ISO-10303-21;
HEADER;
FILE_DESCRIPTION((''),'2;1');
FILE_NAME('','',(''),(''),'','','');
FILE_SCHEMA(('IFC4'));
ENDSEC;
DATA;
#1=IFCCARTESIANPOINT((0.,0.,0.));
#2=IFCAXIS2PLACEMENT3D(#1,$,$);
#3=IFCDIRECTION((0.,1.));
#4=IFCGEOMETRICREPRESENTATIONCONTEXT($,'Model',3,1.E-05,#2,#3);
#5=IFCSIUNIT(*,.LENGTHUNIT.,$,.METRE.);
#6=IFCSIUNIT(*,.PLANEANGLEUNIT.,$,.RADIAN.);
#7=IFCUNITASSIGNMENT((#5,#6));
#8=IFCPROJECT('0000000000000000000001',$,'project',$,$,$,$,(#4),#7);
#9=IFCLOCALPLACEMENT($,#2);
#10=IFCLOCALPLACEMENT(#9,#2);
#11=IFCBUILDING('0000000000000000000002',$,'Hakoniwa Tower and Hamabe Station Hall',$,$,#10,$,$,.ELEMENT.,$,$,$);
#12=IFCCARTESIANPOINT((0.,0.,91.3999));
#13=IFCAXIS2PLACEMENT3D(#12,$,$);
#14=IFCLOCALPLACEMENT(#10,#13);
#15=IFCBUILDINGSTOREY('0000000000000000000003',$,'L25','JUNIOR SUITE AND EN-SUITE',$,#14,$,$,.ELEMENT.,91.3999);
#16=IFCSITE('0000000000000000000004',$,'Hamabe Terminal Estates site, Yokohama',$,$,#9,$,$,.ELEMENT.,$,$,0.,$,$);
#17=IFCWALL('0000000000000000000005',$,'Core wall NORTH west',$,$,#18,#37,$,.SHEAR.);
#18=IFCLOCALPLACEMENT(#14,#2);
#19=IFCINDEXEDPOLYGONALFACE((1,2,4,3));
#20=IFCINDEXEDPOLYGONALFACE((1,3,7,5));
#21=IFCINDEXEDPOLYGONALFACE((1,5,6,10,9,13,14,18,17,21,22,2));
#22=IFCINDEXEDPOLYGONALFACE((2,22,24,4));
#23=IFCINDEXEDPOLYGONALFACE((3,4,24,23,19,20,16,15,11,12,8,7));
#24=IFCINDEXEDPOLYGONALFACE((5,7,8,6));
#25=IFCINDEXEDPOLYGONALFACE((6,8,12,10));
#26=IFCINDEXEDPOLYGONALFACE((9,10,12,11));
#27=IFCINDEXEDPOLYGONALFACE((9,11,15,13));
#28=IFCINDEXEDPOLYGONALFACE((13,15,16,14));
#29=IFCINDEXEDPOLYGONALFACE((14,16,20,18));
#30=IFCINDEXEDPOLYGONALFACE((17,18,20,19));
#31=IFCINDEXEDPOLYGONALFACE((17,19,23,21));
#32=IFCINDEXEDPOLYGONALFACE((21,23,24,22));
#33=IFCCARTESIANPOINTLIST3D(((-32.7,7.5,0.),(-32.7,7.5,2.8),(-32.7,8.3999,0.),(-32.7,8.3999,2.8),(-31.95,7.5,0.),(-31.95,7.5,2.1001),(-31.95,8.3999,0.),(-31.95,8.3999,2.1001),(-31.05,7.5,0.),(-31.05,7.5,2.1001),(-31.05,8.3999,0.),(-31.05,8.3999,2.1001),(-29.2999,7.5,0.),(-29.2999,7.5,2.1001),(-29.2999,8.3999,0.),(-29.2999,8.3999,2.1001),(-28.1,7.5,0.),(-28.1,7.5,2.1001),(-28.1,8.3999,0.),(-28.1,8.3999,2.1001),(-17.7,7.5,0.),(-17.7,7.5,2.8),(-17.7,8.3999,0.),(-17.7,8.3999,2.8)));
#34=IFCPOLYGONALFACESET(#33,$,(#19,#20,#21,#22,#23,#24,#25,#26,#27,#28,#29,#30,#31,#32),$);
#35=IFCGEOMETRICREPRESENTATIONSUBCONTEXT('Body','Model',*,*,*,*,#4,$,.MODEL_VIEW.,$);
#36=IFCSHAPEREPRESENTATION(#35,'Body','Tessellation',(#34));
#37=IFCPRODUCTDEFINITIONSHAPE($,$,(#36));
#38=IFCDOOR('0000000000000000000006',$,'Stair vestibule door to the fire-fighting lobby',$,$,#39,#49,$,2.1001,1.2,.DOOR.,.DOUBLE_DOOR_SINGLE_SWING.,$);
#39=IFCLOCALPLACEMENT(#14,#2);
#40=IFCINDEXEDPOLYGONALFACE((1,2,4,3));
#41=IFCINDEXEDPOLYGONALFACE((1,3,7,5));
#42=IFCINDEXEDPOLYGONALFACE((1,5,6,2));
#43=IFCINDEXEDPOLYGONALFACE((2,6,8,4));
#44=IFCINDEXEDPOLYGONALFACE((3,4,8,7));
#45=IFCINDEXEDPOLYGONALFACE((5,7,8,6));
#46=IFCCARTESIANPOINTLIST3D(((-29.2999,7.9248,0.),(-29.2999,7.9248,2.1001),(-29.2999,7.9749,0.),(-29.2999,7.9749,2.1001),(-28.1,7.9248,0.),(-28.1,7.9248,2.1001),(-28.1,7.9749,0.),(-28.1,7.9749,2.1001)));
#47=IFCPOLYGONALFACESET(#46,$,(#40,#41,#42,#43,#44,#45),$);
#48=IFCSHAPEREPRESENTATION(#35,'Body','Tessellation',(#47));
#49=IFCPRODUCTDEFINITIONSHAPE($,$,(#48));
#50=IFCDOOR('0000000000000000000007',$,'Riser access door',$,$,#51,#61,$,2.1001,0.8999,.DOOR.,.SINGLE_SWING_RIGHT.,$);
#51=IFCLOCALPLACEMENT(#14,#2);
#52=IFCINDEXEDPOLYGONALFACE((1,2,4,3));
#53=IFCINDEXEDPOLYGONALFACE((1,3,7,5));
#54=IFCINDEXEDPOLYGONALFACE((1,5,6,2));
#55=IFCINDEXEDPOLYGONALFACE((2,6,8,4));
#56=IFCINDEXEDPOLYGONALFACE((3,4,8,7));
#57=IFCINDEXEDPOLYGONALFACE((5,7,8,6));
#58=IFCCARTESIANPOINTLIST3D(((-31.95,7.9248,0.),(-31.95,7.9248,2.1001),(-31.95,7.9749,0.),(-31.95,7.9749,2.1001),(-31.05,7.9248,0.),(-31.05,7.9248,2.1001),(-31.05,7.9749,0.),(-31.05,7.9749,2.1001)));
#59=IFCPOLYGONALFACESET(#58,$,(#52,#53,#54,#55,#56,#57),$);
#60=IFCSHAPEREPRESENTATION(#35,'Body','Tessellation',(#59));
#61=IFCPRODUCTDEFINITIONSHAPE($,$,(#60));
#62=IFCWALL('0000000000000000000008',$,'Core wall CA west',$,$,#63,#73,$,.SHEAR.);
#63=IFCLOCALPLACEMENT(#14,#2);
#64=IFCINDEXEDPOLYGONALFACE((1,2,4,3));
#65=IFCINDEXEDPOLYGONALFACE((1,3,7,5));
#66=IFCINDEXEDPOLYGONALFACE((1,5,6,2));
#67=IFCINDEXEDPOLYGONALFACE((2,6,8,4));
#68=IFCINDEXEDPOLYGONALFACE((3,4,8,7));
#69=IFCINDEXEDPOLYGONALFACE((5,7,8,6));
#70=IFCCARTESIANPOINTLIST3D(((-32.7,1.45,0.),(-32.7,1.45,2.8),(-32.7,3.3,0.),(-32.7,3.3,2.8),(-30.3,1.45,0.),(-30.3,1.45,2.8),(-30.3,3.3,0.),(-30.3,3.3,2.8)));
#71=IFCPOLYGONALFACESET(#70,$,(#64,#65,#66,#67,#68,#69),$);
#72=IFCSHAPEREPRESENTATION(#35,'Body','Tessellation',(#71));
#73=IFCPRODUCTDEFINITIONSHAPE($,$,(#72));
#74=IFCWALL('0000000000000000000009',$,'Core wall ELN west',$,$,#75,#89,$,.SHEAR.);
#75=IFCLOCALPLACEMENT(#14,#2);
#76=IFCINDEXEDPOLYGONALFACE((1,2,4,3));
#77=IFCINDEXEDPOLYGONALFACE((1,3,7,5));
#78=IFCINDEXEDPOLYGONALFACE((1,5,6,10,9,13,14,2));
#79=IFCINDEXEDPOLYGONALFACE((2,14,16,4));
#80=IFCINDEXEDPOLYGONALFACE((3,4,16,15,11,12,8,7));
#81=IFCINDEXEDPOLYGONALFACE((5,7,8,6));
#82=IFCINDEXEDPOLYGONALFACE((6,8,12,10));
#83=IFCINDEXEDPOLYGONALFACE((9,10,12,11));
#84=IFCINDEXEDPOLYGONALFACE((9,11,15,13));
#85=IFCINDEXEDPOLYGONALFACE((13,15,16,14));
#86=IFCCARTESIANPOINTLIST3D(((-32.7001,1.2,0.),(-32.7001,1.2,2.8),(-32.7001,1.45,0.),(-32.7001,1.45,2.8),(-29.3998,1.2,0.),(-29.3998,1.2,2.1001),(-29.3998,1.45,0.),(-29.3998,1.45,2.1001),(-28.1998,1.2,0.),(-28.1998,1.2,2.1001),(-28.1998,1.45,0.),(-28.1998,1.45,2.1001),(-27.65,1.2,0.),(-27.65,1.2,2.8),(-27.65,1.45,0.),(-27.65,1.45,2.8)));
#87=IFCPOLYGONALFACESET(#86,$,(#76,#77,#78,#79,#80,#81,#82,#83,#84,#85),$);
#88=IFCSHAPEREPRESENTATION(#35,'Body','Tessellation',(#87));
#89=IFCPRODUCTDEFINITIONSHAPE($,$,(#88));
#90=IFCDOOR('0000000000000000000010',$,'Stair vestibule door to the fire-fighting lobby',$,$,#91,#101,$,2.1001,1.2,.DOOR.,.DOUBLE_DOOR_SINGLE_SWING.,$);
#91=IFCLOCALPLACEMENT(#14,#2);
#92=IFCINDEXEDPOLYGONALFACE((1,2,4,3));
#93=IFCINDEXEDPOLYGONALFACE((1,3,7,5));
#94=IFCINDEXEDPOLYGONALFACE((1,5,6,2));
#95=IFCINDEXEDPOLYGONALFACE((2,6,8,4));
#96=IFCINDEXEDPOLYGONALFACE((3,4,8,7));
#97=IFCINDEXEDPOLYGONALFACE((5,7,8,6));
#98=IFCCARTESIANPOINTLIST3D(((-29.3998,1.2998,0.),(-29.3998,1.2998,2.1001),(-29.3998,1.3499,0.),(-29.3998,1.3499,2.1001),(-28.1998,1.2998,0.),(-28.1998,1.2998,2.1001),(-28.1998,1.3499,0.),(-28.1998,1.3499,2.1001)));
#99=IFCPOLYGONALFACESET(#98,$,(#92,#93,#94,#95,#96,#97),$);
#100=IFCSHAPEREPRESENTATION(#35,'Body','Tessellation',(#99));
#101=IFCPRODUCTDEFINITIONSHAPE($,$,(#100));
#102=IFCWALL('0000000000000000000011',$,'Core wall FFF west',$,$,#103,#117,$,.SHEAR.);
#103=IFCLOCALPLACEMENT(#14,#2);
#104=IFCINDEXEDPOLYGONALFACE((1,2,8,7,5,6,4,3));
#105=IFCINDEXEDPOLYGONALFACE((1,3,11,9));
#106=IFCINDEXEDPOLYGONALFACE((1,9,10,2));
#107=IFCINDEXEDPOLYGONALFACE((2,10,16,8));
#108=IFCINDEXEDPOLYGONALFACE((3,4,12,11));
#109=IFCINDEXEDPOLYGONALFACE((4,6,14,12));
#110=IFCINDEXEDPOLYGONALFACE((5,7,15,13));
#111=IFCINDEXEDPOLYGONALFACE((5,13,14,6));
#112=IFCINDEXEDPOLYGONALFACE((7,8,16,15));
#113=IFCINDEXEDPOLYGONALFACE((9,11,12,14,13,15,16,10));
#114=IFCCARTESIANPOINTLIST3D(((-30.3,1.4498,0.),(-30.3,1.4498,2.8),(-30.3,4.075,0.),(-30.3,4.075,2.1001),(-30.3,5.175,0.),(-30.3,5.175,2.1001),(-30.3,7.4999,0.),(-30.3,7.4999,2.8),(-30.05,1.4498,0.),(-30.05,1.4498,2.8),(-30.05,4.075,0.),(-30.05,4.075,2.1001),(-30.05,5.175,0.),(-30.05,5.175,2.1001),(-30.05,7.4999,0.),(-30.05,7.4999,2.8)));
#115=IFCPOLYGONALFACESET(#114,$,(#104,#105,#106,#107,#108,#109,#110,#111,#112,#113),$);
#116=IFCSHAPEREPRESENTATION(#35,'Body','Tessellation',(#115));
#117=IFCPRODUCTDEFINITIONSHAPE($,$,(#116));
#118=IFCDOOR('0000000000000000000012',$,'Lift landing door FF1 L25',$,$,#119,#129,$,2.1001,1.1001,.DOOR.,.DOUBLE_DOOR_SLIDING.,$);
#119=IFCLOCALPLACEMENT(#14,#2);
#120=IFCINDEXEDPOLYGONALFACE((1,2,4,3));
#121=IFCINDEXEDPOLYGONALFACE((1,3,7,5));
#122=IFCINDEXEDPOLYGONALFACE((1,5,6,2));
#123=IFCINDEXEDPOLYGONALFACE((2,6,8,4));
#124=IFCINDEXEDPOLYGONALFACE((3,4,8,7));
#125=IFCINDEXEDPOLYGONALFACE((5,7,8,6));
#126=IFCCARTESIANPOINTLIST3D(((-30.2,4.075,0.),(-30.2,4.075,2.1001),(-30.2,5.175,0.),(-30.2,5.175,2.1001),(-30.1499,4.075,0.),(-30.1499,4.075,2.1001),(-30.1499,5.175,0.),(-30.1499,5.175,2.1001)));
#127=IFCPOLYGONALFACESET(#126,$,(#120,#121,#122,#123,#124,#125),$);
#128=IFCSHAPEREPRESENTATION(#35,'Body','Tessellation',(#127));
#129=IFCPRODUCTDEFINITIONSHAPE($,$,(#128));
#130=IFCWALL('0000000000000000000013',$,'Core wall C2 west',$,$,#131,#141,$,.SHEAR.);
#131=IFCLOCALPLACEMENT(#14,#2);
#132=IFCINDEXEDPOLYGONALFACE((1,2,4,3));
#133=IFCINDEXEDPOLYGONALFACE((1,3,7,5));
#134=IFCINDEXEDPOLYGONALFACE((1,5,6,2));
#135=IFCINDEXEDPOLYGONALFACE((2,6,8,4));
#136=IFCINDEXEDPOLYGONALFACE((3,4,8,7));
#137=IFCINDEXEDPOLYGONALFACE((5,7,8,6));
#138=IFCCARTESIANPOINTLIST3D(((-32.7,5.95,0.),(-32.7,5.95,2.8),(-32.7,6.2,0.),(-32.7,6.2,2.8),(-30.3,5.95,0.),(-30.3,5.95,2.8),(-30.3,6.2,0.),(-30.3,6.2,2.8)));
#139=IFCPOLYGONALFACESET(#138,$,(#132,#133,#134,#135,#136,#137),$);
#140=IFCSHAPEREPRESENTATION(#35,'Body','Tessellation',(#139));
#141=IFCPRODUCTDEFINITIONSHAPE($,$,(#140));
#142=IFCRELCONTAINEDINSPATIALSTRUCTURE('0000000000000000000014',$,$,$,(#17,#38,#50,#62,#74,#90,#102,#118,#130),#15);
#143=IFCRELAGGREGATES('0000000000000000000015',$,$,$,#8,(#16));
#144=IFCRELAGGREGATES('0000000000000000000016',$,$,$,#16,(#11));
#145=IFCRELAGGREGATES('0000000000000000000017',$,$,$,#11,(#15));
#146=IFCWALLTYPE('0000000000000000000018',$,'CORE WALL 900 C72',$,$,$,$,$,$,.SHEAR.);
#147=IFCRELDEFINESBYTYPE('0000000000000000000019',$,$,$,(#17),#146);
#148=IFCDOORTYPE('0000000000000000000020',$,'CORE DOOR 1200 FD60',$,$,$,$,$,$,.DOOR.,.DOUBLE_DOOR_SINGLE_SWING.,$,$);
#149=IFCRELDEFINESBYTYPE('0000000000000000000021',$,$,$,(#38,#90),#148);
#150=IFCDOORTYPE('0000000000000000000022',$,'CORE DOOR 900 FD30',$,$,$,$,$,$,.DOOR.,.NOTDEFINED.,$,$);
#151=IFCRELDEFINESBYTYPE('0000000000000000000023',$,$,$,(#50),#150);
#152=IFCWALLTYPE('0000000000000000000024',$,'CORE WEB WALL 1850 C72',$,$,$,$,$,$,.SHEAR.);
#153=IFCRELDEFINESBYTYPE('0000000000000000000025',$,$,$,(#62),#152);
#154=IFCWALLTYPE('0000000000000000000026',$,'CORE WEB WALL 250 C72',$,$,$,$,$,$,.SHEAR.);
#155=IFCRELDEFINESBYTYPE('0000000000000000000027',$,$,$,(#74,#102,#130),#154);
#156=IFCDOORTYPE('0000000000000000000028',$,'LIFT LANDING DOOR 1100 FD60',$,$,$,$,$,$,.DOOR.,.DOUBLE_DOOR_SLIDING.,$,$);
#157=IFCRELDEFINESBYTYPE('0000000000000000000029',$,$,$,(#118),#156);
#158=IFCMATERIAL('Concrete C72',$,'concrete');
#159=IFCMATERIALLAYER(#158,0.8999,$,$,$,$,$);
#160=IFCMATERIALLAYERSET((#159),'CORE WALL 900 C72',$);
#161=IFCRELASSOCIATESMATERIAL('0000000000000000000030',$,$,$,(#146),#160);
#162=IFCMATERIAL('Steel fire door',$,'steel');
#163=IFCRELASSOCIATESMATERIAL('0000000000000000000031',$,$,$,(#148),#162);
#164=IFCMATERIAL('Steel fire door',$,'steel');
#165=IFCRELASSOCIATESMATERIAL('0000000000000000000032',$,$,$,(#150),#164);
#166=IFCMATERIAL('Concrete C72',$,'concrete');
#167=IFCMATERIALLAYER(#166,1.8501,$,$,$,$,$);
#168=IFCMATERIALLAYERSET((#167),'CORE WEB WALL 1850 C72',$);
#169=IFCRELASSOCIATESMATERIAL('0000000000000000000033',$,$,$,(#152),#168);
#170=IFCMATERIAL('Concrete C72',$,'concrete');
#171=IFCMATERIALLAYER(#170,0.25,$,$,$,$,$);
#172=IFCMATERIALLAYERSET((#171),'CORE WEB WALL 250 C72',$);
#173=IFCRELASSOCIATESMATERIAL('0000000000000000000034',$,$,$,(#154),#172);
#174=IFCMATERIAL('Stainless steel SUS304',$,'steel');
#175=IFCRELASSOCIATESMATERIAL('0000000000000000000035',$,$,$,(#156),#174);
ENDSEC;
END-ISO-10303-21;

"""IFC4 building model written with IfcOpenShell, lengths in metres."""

from ifc_helpers import new_model, si_unit, direction, frame, frame_2d, origin, place, context, subcontext, project, spatial, rectangle, extrude, material, layer, layer_set, type_object, element, fill, save


model = new_model("IFC4")

# Units and contexts
model_context = context("Model", 3, precision=1e-05, world=origin(), true_north=direction((0.0, 1.0)))
body_context = subcontext(model_context, "Body", "Model", "MODEL_VIEW")
ifc_project = project(units=[si_unit("LENGTHUNIT", "METRE"), si_unit("PLANEANGLEUNIT", "RADIAN")], contexts=[model_context])

# Site, building, storey
site_placement = place(None, origin())
site = spatial("IfcSite", under=ifc_project, at=site_placement, Name="Hamabe Terminal Estates site, Yokohama", CompositionType="ELEMENT", RefElevation=0.0)
building_placement = place(site_placement, origin())
building = spatial("IfcBuilding", under=site, at=building_placement, Name="Hakoniwa Tower and Hamabe Station Hall", CompositionType="ELEMENT")
storey_placement = place(building_placement, frame((0.0, 0.0, 91.3999)))
storey = spatial("IfcBuildingStorey", under=building, at=storey_placement, Name="L25", Description="JUNIOR SUITE AND EN-SUITE", CompositionType="ELEMENT", Elevation=91.3999)

# Wall, openings, doors
ifc_material_1 = material(Name="Concrete C72", Category="concrete")
ifc_layer_1 = layer(ifc_material_1, 0.8999)
ifc_layer_set_1 = layer_set([ifc_layer_1], Name="CORE WALL 900 C72")
wall_type_1 = type_object("IfcWallType", Name="CORE WALL 900 C72", PredefinedType="SHEAR", material=ifc_layer_set_1)
wall_1_placement = place(storey_placement, frame((-32.7, 7.95, 0.0), z_axis=(0.0, 0.0, 1.0), x_axis=(1.0, 0.0, 0.0)))
wall_1 = element("IfcWall", 1, at=wall_1_placement, inside=storey, type_object=wall_type_1, Name="Core wall NORTH west", PredefinedType="SHEAR", context=body_context, shape_type="SweptSolid", body=[
    extrude(rectangle(XDim=15.0, YDim=0.8999, at=frame_2d((7.5, 0.0))), origin(), (0.0, 0.0, 1.0), 2.8),
])
opening_1_placement = place(wall_1_placement, frame((3.3999, 0.0, 0.0)))
opening_1 = element("IfcOpeningElement", 2, at=opening_1_placement, cuts=wall_1, PredefinedType="OPENING", context=body_context, shape_type="SweptSolid", body=[
    extrude(rectangle(XDim=1.2, YDim=2.1001, at=frame_2d((0.6001, 1.05))), frame((0.0, 0.46, 0.0), z_axis=(0.0, -1.0, 0.0), x_axis=(1.0, 0.0, 0.0)), (0.0, 0.0, 1.0), 0.9199),
])
opening_2_placement = place(wall_1_placement, frame((0.75, 0.0, 0.0)))
opening_2 = element("IfcOpeningElement", 3, at=opening_2_placement, cuts=wall_1, PredefinedType="OPENING", context=body_context, shape_type="SweptSolid", body=[
    extrude(rectangle(XDim=0.8999, YDim=2.1001, at=frame_2d((0.45, 1.05))), frame((0.0, 0.46, 0.0), z_axis=(0.0, -1.0, 0.0), x_axis=(1.0, 0.0, 0.0)), (0.0, 0.0, 1.0), 0.9199),
])
ifc_material_2 = material(Name="Steel fire door", Category="steel")
door_type_1 = type_object("IfcDoorType", Name="CORE DOOR 1200 FD60", OperationType="DOUBLE_DOOR_SINGLE_SWING", PredefinedType="DOOR", material=ifc_material_2)
door_1_placement = place(opening_1_placement, origin())
door_1 = element("IfcDoor", 4, at=door_1_placement, inside=storey, type_object=door_type_1, Name="Stair vestibule door to the fire-fighting lobby", OperationType="DOUBLE_DOOR_SINGLE_SWING", OverallHeight=2.1001, OverallWidth=1.2, PredefinedType="DOOR", context=body_context, shape_type="SweptSolid", body=[
    extrude(rectangle(XDim=1.2, YDim=2.1001, at=frame_2d((0.6001, 1.05))), frame((0.0, 0.0249, 0.0), z_axis=(0.0, -1.0, 0.0), x_axis=(1.0, 0.0, 0.0)), (0.0, 0.0, 1.0), 0.05),
])
fill(opening_1, door_1)
ifc_material_3 = material(Name="Steel fire door", Category="steel")
door_type_2 = type_object("IfcDoorType", Name="CORE DOOR 900 FD30", OperationType="NOTDEFINED", PredefinedType="DOOR", material=ifc_material_3)
door_2_placement = place(opening_2_placement, origin())
door_2 = element("IfcDoor", 5, at=door_2_placement, inside=storey, type_object=door_type_2, Name="Riser access door", OperationType="SINGLE_SWING_RIGHT", OverallHeight=2.1001, OverallWidth=0.8999, PredefinedType="DOOR", context=body_context, shape_type="SweptSolid", body=[
    extrude(rectangle(XDim=0.8999, YDim=2.1001, at=frame_2d((0.45, 1.05))), frame((0.0, 0.0249, 0.0), z_axis=(0.0, -1.0, 0.0), x_axis=(1.0, 0.0, 0.0)), (0.0, 0.0, 1.0), 0.05),
])
fill(opening_2, door_2)

# Wall
ifc_material_4 = material(Name="Concrete C72", Category="concrete")
ifc_layer_2 = layer(ifc_material_4, 1.8501)
ifc_layer_set_2 = layer_set([ifc_layer_2], Name="CORE WEB WALL 1850 C72")
wall_type_2 = type_object("IfcWallType", Name="CORE WEB WALL 1850 C72", PredefinedType="SHEAR", material=ifc_layer_set_2)
wall_2_placement = place(storey_placement, frame((-32.7, 2.375, 0.0), z_axis=(0.0, 0.0, 1.0), x_axis=(1.0, 0.0, 0.0)))
element("IfcWall", 6, at=wall_2_placement, inside=storey, type_object=wall_type_2, Name="Core wall CA west", PredefinedType="SHEAR", context=body_context, shape_type="SweptSolid", body=[
    extrude(rectangle(XDim=2.3999, YDim=1.8501, at=frame_2d((1.2, 0.0))), origin(), (0.0, 0.0, 1.0), 2.8),
])

# Walls, openings, doors
ifc_material_5 = material(Name="Concrete C72", Category="concrete")
ifc_layer_3 = layer(ifc_material_5, 0.25)
ifc_layer_set_3 = layer_set([ifc_layer_3], Name="CORE WEB WALL 250 C72")
wall_type_3 = type_object("IfcWallType", Name="CORE WEB WALL 250 C72", PredefinedType="SHEAR", material=ifc_layer_set_3)
wall_3_placement = place(storey_placement, frame((-32.7, 1.325, 0.0), z_axis=(0.0, 0.0, 1.0), x_axis=(1.0, 0.0, 0.0)))
wall_3 = element("IfcWall", 7, at=wall_3_placement, inside=storey, type_object=wall_type_3, Name="Core wall ELN west", PredefinedType="SHEAR", context=body_context, shape_type="SweptSolid", body=[
    extrude(rectangle(XDim=5.05, YDim=0.25, at=frame_2d((2.5249, 0.0))), origin(), (0.0, 0.0, 1.0), 2.8),
])
opening_3_placement = place(wall_3_placement, frame((3.3, 0.0, 0.0)))
opening_3 = element("IfcOpeningElement", 8, at=opening_3_placement, cuts=wall_3, PredefinedType="OPENING", context=body_context, shape_type="SweptSolid", body=[
    extrude(rectangle(XDim=1.2, YDim=2.1001, at=frame_2d((0.6001, 1.05))), frame((0.0, 0.135, 0.0), z_axis=(0.0, -1.0, 0.0), x_axis=(1.0, 0.0, 0.0)), (0.0, 0.0, 1.0), 0.27),
])
door_3_placement = place(opening_3_placement, origin())
door_3 = element("IfcDoor", 9, at=door_3_placement, inside=storey, type_object=door_type_1, Name="Stair vestibule door to the fire-fighting lobby", OperationType="DOUBLE_DOOR_SINGLE_SWING", OverallHeight=2.1001, OverallWidth=1.2, PredefinedType="DOOR", context=body_context, shape_type="SweptSolid", body=[
    extrude(rectangle(XDim=1.2, YDim=2.1001, at=frame_2d((0.6001, 1.05))), frame((0.0, 0.0249, 0.0), z_axis=(0.0, -1.0, 0.0), x_axis=(1.0, 0.0, 0.0)), (0.0, 0.0, 1.0), 0.05),
])
fill(opening_3, door_3)
wall_4_placement = place(storey_placement, frame((-30.175, 1.45, 0.0), z_axis=(0.0, 0.0, 1.0), x_axis=(0.0, 1.0, 0.0)))
wall_4 = element("IfcWall", 10, at=wall_4_placement, inside=storey, type_object=wall_type_3, Name="Core wall FFF west", PredefinedType="SHEAR", context=body_context, shape_type="SweptSolid", body=[
    extrude(rectangle(XDim=6.05, YDim=0.25, at=frame_2d((3.0249, 0.0))), origin(), (0.0, 0.0, 1.0), 2.8),
])
opening_4_placement = place(wall_4_placement, frame((2.625, 0.0, 0.0)))
opening_4 = element("IfcOpeningElement", 11, at=opening_4_placement, cuts=wall_4, PredefinedType="OPENING", context=body_context, shape_type="SweptSolid", body=[
    extrude(rectangle(XDim=1.1001, YDim=2.1001, at=frame_2d((0.55, 1.05))), frame((0.0, 0.135, 0.0), z_axis=(0.0, -1.0, 0.0), x_axis=(1.0, 0.0, 0.0)), (0.0, 0.0, 1.0), 0.27),
])
ifc_material_6 = material(Name="Stainless steel SUS304", Category="steel")
door_type_3 = type_object("IfcDoorType", Name="LIFT LANDING DOOR 1100 FD60", OperationType="DOUBLE_DOOR_SLIDING", PredefinedType="DOOR", material=ifc_material_6)
door_4_placement = place(opening_4_placement, origin())
door_4 = element("IfcDoor", 12, at=door_4_placement, inside=storey, type_object=door_type_3, Name="Lift landing door FF1 L25", OperationType="DOUBLE_DOOR_SLIDING", OverallHeight=2.1001, OverallWidth=1.1001, PredefinedType="DOOR", context=body_context, shape_type="SweptSolid", body=[
    extrude(rectangle(XDim=1.1001, YDim=2.1001, at=frame_2d((0.55, 1.05))), frame((0.0, 0.0249, 0.0), z_axis=(0.0, -1.0, 0.0), x_axis=(1.0, 0.0, 0.0)), (0.0, 0.0, 1.0), 0.05),
])
fill(opening_4, door_4)

# Wall
wall_5_placement = place(storey_placement, frame((-32.7, 6.075, 0.0), z_axis=(0.0, 0.0, 1.0), x_axis=(1.0, 0.0, 0.0)))
element("IfcWall", 13, at=wall_5_placement, inside=storey, type_object=wall_type_3, Name="Core wall C2 west", PredefinedType="SHEAR", context=body_context, shape_type="SweptSolid", body=[
    extrude(rectangle(XDim=2.3999, YDim=0.25, at=frame_2d((1.2, 0.0))), origin(), (0.0, 0.0, 1.0), 2.8),
])

save(model, "model.ifc")
